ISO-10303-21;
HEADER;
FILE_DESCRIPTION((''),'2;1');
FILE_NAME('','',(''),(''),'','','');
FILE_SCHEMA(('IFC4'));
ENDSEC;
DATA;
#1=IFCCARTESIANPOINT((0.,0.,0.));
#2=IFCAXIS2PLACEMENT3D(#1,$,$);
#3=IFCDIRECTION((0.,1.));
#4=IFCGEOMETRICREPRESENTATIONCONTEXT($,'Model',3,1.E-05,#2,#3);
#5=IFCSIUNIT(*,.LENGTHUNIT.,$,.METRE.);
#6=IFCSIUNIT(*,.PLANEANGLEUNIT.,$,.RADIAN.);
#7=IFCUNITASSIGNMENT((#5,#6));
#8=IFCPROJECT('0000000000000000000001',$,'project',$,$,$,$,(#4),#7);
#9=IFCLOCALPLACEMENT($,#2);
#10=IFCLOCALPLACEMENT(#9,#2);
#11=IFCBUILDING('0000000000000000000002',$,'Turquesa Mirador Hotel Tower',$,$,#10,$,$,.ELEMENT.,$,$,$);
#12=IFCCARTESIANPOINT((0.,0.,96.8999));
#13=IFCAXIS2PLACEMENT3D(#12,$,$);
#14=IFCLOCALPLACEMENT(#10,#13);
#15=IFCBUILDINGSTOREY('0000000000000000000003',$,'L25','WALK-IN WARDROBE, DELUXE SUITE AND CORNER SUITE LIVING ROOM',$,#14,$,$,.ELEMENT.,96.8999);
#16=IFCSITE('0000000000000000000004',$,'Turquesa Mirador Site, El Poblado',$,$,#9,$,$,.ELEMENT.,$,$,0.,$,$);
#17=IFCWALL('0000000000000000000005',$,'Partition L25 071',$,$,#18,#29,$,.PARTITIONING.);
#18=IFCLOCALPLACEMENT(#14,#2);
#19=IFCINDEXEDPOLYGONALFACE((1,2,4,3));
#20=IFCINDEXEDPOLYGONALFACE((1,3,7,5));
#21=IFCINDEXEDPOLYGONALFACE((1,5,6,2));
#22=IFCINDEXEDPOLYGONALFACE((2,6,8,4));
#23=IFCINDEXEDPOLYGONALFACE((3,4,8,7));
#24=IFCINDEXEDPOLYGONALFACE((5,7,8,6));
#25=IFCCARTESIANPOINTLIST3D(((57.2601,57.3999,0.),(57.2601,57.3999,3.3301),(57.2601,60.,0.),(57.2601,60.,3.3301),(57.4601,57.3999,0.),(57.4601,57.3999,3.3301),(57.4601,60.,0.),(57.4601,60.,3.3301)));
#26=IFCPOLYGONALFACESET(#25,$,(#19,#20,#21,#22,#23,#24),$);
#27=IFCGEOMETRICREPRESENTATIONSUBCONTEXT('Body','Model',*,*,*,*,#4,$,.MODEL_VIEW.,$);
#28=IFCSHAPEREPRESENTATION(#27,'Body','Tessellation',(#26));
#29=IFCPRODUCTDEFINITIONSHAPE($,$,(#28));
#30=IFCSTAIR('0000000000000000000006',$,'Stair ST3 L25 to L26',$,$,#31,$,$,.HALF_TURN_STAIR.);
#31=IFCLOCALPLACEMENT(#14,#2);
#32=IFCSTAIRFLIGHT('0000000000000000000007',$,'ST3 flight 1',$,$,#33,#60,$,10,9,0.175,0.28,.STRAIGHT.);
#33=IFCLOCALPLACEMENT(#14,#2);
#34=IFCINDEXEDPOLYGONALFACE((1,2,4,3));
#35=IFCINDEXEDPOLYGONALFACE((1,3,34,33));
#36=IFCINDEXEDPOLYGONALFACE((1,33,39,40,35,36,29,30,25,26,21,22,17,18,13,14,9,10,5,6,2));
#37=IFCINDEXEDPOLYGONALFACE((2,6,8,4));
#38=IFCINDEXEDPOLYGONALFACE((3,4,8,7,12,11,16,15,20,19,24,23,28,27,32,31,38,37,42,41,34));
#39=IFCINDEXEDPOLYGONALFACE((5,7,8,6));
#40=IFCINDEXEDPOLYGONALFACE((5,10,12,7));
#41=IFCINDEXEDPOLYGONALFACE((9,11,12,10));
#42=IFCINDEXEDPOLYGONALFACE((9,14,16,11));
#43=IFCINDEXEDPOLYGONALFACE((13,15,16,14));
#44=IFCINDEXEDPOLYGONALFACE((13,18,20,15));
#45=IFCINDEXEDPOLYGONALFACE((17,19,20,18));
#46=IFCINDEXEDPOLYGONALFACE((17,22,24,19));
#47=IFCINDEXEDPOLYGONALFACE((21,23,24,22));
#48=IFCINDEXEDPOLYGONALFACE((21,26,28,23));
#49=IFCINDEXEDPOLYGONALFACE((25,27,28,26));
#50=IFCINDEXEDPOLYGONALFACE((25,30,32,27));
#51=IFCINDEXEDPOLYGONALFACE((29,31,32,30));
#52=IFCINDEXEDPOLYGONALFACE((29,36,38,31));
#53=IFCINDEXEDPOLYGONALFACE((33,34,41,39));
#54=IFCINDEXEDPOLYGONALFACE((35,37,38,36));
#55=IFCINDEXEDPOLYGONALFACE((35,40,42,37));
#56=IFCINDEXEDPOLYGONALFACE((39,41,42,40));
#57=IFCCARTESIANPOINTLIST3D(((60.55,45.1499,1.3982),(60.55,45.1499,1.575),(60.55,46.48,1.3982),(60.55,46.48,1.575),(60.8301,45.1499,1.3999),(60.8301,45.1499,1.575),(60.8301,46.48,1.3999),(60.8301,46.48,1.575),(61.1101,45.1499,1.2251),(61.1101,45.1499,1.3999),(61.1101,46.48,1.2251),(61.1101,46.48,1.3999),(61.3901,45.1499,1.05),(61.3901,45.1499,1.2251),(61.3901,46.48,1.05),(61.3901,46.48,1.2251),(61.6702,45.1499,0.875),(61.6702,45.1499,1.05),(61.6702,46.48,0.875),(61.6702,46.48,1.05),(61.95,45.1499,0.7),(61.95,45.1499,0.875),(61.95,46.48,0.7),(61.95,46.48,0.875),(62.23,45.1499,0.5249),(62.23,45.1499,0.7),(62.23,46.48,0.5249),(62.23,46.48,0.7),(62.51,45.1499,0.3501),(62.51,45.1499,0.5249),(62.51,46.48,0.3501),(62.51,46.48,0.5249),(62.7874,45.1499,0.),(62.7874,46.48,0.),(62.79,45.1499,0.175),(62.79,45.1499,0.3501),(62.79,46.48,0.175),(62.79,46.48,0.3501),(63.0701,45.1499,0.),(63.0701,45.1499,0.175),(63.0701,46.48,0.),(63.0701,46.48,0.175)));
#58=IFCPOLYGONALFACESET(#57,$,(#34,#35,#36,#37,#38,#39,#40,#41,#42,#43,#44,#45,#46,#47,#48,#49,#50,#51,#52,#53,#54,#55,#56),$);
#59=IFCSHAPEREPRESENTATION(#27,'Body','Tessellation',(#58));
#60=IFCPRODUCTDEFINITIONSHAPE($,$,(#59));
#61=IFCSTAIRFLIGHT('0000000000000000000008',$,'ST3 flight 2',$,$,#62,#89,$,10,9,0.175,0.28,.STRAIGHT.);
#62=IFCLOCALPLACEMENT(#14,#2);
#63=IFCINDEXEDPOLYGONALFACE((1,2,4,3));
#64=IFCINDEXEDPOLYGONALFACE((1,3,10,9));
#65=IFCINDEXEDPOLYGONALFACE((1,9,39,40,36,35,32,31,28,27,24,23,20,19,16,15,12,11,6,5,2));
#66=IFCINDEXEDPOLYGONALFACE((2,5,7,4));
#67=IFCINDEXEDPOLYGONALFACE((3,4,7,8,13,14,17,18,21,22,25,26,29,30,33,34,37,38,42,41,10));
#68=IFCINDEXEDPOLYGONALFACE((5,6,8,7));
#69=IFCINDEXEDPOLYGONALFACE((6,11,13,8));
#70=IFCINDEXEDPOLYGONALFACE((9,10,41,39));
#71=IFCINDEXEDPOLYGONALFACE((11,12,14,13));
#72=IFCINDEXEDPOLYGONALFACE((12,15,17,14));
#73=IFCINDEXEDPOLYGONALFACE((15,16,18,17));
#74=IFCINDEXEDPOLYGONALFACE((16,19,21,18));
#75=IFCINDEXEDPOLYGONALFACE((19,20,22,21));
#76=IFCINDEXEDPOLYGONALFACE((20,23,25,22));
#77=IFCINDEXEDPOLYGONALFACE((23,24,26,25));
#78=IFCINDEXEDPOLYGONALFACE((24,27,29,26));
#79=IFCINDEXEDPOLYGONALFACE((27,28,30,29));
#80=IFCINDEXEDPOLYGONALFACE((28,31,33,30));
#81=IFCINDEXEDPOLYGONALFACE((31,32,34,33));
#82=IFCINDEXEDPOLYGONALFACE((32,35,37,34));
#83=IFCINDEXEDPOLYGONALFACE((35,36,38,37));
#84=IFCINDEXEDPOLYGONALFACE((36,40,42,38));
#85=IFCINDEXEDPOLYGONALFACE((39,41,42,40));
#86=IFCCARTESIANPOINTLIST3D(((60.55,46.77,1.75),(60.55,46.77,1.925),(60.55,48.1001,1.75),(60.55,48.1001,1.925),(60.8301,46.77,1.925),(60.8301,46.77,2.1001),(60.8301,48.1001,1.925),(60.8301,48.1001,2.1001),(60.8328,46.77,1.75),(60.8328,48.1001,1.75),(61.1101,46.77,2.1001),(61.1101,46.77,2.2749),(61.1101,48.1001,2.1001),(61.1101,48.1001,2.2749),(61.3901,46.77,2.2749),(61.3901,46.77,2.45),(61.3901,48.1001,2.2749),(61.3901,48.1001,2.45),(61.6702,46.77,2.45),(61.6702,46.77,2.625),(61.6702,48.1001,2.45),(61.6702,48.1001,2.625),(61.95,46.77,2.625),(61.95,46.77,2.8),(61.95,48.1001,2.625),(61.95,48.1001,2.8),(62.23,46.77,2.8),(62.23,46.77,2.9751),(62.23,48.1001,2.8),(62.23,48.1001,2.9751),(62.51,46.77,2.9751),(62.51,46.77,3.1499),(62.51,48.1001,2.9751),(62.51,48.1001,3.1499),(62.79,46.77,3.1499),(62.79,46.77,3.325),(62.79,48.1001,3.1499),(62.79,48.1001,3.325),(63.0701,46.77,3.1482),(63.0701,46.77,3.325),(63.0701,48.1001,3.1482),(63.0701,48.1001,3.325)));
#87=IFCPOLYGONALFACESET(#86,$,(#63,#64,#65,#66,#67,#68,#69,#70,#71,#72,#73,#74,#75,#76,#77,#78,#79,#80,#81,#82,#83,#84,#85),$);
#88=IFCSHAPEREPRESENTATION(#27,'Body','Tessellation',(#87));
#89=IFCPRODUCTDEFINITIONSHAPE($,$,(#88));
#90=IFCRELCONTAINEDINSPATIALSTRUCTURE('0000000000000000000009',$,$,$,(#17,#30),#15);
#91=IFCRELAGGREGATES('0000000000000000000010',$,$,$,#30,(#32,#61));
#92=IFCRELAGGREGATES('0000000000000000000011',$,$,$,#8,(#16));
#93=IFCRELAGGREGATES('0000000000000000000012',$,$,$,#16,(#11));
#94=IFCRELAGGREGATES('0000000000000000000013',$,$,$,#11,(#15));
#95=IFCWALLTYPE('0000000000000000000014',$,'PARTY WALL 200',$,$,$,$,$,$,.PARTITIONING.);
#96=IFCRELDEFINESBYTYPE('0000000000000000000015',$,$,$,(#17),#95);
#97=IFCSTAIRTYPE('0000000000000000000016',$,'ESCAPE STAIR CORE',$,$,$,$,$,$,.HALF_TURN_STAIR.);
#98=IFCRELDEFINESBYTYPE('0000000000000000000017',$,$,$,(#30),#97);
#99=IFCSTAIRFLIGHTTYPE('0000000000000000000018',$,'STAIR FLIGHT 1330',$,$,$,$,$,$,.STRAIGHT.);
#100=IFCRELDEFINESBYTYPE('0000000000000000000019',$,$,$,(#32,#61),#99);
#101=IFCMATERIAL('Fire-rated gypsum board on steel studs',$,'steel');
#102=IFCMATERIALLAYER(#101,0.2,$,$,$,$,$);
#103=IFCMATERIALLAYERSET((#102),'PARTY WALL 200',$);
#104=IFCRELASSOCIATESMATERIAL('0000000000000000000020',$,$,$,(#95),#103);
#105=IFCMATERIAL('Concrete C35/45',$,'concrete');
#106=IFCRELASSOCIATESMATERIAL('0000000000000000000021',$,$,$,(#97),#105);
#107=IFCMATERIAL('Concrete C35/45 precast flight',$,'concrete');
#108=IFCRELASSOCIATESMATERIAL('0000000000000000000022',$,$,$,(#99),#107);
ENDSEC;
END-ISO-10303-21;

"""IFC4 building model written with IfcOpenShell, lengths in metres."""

from ifc_helpers import new_model, si_unit, direction, frame, frame_2d, origin, place, context, subcontext, project, spatial, polyline, rectangle, outline, extrude, material, layer, layer_set, type_object, element, aggregate, save


model = new_model("IFC4")

# Units and contexts
model_context = context("Model", 3, precision=1e-05, world=origin(), true_north=direction((0.0, 1.0)))
body_context = subcontext(model_context, "Body", "Model", "MODEL_VIEW")
ifc_project = project(units=[si_unit("LENGTHUNIT", "METRE"), si_unit("PLANEANGLEUNIT", "RADIAN")], contexts=[model_context])

# Site, building, storey
site_placement = place(None, origin())
site = spatial("IfcSite", under=ifc_project, at=site_placement, Name="Turquesa Mirador Site, El Poblado", CompositionType="ELEMENT", RefElevation=0.0)
building_placement = place(site_placement, origin())
building = spatial("IfcBuilding", under=site, at=building_placement, Name="Turquesa Mirador Hotel Tower", CompositionType="ELEMENT")
storey_placement = place(building_placement, frame((0.0, 0.0, 96.8999)))
storey = spatial("IfcBuildingStorey", under=building, at=storey_placement, Name="L25", Description="WALK-IN WARDROBE, DELUXE SUITE AND CORNER SUITE LIVING ROOM", CompositionType="ELEMENT", Elevation=96.8999)

# Wall
ifc_material_1 = material(Name="Fire-rated gypsum board on steel studs", Category="steel")
ifc_layer_1 = layer(ifc_material_1, 0.2)
ifc_layer_set_1 = layer_set([ifc_layer_1], Name="PARTY WALL 200")
wall_type_1 = type_object("IfcWallType", Name="PARTY WALL 200", PredefinedType="PARTITIONING", material=ifc_layer_set_1)
wall_1_placement = place(storey_placement, frame((57.3601, 57.3999, 0.0), z_axis=(0.0, 0.0, 1.0), x_axis=(0.0, 1.0, 0.0)))
element("IfcWall", 1, at=wall_1_placement, inside=storey, type_object=wall_type_1, Name="Partition L25 071", PredefinedType="PARTITIONING", context=body_context, shape_type="SweptSolid", body=[
    extrude(rectangle(XDim=2.6001, YDim=0.2, at=frame_2d((1.3, 0.0))), origin(), (0.0, 0.0, 1.0), 3.3301),
])

# Stair, stair flights
ifc_material_2 = material(Name="Concrete C35/45", Category="concrete")
stair_type = type_object("IfcStairType", Name="ESCAPE STAIR CORE", PredefinedType="HALF_TURN_STAIR", material=ifc_material_2)
stair_placement = place(storey_placement, origin())
stair = element("IfcStair", 2, at=stair_placement, inside=storey, type_object=stair_type, Name="Stair ST3 L25 to L26", PredefinedType="HALF_TURN_STAIR")
ifc_material_3 = material(Name="Concrete C35/45 precast flight", Category="concrete")
stair_flight_type = type_object("IfcStairFlightType", Name="STAIR FLIGHT 1330", PredefinedType="STRAIGHT", material=ifc_material_3)
stair_flight_1_placement = place(storey_placement, frame((63.0701, 45.8149, 0.0), z_axis=(0.0, 0.0, 1.0), x_axis=(-1.0, 0.0, 0.0)))
stair_flight_1 = element("IfcStairFlight", 3, at=stair_flight_1_placement, type_object=stair_flight_type, Name="ST3 flight 1", NumberOfRisers=10, NumberOfTreads=9, PredefinedType="STRAIGHT", RiserHeight=0.175, TreadLength=0.28, context=body_context, shape_type="SweptSolid", body=[
    extrude(outline(polyline([(0.0, 0.0), (0.0, 0.175), (0.28, 0.175), (0.28, 0.3501), (0.5601, 0.3501), (0.5601, 0.5249), (0.8401, 0.5249), (0.8401, 0.7), (1.1201, 0.7), (1.1201, 0.875), (1.3999, 0.875), (1.3999, 1.05), (1.6799, 1.05), (1.6799, 1.2251), (1.96, 1.2251), (1.96, 1.3999), (2.24, 1.3999), (2.24, 1.575), (2.52, 1.575), (2.52, 1.75), (2.52, 1.3982), (0.2827, 0.0), (0.0, 0.0)])), frame((0.0, 0.665, 0.0), z_axis=(0.0, -1.0, 0.0), x_axis=(1.0, 0.0, 0.0)), (0.0, 0.0, 1.0), 1.3301),
])
stair_flight_2_placement = place(storey_placement, frame((60.55, 47.4351, 1.75), z_axis=(0.0, 0.0, 1.0), x_axis=(1.0, 0.0, 0.0)))
stair_flight_2 = element("IfcStairFlight", 4, at=stair_flight_2_placement, type_object=stair_flight_type, Name="ST3 flight 2", NumberOfRisers=10, NumberOfTreads=9, PredefinedType="STRAIGHT", RiserHeight=0.175, TreadLength=0.28, context=body_context, shape_type="SweptSolid", body=[
    extrude(outline(polyline([(0.0, 0.0), (0.0, 0.175), (0.28, 0.175), (0.28, 0.3501), (0.5601, 0.3501), (0.5601, 0.5249), (0.8401, 0.5249), (0.8401, 0.7), (1.1201, 0.7), (1.1201, 0.875), (1.3999, 0.875), (1.3999, 1.05), (1.6799, 1.05), (1.6799, 1.2251), (1.96, 1.2251), (1.96, 1.3999), (2.24, 1.3999), (2.24, 1.575), (2.52, 1.575), (2.52, 1.75), (2.52, 1.3982), (0.2827, 0.0), (0.0, 0.0)])), frame((0.0, 0.665, 0.0), z_axis=(0.0, -1.0, 0.0), x_axis=(1.0, 0.0, 0.0)), (0.0, 0.0, 1.0), 1.3301),
])
aggregate(stair, [stair_flight_1, stair_flight_2])

save(model, "model.ifc")
